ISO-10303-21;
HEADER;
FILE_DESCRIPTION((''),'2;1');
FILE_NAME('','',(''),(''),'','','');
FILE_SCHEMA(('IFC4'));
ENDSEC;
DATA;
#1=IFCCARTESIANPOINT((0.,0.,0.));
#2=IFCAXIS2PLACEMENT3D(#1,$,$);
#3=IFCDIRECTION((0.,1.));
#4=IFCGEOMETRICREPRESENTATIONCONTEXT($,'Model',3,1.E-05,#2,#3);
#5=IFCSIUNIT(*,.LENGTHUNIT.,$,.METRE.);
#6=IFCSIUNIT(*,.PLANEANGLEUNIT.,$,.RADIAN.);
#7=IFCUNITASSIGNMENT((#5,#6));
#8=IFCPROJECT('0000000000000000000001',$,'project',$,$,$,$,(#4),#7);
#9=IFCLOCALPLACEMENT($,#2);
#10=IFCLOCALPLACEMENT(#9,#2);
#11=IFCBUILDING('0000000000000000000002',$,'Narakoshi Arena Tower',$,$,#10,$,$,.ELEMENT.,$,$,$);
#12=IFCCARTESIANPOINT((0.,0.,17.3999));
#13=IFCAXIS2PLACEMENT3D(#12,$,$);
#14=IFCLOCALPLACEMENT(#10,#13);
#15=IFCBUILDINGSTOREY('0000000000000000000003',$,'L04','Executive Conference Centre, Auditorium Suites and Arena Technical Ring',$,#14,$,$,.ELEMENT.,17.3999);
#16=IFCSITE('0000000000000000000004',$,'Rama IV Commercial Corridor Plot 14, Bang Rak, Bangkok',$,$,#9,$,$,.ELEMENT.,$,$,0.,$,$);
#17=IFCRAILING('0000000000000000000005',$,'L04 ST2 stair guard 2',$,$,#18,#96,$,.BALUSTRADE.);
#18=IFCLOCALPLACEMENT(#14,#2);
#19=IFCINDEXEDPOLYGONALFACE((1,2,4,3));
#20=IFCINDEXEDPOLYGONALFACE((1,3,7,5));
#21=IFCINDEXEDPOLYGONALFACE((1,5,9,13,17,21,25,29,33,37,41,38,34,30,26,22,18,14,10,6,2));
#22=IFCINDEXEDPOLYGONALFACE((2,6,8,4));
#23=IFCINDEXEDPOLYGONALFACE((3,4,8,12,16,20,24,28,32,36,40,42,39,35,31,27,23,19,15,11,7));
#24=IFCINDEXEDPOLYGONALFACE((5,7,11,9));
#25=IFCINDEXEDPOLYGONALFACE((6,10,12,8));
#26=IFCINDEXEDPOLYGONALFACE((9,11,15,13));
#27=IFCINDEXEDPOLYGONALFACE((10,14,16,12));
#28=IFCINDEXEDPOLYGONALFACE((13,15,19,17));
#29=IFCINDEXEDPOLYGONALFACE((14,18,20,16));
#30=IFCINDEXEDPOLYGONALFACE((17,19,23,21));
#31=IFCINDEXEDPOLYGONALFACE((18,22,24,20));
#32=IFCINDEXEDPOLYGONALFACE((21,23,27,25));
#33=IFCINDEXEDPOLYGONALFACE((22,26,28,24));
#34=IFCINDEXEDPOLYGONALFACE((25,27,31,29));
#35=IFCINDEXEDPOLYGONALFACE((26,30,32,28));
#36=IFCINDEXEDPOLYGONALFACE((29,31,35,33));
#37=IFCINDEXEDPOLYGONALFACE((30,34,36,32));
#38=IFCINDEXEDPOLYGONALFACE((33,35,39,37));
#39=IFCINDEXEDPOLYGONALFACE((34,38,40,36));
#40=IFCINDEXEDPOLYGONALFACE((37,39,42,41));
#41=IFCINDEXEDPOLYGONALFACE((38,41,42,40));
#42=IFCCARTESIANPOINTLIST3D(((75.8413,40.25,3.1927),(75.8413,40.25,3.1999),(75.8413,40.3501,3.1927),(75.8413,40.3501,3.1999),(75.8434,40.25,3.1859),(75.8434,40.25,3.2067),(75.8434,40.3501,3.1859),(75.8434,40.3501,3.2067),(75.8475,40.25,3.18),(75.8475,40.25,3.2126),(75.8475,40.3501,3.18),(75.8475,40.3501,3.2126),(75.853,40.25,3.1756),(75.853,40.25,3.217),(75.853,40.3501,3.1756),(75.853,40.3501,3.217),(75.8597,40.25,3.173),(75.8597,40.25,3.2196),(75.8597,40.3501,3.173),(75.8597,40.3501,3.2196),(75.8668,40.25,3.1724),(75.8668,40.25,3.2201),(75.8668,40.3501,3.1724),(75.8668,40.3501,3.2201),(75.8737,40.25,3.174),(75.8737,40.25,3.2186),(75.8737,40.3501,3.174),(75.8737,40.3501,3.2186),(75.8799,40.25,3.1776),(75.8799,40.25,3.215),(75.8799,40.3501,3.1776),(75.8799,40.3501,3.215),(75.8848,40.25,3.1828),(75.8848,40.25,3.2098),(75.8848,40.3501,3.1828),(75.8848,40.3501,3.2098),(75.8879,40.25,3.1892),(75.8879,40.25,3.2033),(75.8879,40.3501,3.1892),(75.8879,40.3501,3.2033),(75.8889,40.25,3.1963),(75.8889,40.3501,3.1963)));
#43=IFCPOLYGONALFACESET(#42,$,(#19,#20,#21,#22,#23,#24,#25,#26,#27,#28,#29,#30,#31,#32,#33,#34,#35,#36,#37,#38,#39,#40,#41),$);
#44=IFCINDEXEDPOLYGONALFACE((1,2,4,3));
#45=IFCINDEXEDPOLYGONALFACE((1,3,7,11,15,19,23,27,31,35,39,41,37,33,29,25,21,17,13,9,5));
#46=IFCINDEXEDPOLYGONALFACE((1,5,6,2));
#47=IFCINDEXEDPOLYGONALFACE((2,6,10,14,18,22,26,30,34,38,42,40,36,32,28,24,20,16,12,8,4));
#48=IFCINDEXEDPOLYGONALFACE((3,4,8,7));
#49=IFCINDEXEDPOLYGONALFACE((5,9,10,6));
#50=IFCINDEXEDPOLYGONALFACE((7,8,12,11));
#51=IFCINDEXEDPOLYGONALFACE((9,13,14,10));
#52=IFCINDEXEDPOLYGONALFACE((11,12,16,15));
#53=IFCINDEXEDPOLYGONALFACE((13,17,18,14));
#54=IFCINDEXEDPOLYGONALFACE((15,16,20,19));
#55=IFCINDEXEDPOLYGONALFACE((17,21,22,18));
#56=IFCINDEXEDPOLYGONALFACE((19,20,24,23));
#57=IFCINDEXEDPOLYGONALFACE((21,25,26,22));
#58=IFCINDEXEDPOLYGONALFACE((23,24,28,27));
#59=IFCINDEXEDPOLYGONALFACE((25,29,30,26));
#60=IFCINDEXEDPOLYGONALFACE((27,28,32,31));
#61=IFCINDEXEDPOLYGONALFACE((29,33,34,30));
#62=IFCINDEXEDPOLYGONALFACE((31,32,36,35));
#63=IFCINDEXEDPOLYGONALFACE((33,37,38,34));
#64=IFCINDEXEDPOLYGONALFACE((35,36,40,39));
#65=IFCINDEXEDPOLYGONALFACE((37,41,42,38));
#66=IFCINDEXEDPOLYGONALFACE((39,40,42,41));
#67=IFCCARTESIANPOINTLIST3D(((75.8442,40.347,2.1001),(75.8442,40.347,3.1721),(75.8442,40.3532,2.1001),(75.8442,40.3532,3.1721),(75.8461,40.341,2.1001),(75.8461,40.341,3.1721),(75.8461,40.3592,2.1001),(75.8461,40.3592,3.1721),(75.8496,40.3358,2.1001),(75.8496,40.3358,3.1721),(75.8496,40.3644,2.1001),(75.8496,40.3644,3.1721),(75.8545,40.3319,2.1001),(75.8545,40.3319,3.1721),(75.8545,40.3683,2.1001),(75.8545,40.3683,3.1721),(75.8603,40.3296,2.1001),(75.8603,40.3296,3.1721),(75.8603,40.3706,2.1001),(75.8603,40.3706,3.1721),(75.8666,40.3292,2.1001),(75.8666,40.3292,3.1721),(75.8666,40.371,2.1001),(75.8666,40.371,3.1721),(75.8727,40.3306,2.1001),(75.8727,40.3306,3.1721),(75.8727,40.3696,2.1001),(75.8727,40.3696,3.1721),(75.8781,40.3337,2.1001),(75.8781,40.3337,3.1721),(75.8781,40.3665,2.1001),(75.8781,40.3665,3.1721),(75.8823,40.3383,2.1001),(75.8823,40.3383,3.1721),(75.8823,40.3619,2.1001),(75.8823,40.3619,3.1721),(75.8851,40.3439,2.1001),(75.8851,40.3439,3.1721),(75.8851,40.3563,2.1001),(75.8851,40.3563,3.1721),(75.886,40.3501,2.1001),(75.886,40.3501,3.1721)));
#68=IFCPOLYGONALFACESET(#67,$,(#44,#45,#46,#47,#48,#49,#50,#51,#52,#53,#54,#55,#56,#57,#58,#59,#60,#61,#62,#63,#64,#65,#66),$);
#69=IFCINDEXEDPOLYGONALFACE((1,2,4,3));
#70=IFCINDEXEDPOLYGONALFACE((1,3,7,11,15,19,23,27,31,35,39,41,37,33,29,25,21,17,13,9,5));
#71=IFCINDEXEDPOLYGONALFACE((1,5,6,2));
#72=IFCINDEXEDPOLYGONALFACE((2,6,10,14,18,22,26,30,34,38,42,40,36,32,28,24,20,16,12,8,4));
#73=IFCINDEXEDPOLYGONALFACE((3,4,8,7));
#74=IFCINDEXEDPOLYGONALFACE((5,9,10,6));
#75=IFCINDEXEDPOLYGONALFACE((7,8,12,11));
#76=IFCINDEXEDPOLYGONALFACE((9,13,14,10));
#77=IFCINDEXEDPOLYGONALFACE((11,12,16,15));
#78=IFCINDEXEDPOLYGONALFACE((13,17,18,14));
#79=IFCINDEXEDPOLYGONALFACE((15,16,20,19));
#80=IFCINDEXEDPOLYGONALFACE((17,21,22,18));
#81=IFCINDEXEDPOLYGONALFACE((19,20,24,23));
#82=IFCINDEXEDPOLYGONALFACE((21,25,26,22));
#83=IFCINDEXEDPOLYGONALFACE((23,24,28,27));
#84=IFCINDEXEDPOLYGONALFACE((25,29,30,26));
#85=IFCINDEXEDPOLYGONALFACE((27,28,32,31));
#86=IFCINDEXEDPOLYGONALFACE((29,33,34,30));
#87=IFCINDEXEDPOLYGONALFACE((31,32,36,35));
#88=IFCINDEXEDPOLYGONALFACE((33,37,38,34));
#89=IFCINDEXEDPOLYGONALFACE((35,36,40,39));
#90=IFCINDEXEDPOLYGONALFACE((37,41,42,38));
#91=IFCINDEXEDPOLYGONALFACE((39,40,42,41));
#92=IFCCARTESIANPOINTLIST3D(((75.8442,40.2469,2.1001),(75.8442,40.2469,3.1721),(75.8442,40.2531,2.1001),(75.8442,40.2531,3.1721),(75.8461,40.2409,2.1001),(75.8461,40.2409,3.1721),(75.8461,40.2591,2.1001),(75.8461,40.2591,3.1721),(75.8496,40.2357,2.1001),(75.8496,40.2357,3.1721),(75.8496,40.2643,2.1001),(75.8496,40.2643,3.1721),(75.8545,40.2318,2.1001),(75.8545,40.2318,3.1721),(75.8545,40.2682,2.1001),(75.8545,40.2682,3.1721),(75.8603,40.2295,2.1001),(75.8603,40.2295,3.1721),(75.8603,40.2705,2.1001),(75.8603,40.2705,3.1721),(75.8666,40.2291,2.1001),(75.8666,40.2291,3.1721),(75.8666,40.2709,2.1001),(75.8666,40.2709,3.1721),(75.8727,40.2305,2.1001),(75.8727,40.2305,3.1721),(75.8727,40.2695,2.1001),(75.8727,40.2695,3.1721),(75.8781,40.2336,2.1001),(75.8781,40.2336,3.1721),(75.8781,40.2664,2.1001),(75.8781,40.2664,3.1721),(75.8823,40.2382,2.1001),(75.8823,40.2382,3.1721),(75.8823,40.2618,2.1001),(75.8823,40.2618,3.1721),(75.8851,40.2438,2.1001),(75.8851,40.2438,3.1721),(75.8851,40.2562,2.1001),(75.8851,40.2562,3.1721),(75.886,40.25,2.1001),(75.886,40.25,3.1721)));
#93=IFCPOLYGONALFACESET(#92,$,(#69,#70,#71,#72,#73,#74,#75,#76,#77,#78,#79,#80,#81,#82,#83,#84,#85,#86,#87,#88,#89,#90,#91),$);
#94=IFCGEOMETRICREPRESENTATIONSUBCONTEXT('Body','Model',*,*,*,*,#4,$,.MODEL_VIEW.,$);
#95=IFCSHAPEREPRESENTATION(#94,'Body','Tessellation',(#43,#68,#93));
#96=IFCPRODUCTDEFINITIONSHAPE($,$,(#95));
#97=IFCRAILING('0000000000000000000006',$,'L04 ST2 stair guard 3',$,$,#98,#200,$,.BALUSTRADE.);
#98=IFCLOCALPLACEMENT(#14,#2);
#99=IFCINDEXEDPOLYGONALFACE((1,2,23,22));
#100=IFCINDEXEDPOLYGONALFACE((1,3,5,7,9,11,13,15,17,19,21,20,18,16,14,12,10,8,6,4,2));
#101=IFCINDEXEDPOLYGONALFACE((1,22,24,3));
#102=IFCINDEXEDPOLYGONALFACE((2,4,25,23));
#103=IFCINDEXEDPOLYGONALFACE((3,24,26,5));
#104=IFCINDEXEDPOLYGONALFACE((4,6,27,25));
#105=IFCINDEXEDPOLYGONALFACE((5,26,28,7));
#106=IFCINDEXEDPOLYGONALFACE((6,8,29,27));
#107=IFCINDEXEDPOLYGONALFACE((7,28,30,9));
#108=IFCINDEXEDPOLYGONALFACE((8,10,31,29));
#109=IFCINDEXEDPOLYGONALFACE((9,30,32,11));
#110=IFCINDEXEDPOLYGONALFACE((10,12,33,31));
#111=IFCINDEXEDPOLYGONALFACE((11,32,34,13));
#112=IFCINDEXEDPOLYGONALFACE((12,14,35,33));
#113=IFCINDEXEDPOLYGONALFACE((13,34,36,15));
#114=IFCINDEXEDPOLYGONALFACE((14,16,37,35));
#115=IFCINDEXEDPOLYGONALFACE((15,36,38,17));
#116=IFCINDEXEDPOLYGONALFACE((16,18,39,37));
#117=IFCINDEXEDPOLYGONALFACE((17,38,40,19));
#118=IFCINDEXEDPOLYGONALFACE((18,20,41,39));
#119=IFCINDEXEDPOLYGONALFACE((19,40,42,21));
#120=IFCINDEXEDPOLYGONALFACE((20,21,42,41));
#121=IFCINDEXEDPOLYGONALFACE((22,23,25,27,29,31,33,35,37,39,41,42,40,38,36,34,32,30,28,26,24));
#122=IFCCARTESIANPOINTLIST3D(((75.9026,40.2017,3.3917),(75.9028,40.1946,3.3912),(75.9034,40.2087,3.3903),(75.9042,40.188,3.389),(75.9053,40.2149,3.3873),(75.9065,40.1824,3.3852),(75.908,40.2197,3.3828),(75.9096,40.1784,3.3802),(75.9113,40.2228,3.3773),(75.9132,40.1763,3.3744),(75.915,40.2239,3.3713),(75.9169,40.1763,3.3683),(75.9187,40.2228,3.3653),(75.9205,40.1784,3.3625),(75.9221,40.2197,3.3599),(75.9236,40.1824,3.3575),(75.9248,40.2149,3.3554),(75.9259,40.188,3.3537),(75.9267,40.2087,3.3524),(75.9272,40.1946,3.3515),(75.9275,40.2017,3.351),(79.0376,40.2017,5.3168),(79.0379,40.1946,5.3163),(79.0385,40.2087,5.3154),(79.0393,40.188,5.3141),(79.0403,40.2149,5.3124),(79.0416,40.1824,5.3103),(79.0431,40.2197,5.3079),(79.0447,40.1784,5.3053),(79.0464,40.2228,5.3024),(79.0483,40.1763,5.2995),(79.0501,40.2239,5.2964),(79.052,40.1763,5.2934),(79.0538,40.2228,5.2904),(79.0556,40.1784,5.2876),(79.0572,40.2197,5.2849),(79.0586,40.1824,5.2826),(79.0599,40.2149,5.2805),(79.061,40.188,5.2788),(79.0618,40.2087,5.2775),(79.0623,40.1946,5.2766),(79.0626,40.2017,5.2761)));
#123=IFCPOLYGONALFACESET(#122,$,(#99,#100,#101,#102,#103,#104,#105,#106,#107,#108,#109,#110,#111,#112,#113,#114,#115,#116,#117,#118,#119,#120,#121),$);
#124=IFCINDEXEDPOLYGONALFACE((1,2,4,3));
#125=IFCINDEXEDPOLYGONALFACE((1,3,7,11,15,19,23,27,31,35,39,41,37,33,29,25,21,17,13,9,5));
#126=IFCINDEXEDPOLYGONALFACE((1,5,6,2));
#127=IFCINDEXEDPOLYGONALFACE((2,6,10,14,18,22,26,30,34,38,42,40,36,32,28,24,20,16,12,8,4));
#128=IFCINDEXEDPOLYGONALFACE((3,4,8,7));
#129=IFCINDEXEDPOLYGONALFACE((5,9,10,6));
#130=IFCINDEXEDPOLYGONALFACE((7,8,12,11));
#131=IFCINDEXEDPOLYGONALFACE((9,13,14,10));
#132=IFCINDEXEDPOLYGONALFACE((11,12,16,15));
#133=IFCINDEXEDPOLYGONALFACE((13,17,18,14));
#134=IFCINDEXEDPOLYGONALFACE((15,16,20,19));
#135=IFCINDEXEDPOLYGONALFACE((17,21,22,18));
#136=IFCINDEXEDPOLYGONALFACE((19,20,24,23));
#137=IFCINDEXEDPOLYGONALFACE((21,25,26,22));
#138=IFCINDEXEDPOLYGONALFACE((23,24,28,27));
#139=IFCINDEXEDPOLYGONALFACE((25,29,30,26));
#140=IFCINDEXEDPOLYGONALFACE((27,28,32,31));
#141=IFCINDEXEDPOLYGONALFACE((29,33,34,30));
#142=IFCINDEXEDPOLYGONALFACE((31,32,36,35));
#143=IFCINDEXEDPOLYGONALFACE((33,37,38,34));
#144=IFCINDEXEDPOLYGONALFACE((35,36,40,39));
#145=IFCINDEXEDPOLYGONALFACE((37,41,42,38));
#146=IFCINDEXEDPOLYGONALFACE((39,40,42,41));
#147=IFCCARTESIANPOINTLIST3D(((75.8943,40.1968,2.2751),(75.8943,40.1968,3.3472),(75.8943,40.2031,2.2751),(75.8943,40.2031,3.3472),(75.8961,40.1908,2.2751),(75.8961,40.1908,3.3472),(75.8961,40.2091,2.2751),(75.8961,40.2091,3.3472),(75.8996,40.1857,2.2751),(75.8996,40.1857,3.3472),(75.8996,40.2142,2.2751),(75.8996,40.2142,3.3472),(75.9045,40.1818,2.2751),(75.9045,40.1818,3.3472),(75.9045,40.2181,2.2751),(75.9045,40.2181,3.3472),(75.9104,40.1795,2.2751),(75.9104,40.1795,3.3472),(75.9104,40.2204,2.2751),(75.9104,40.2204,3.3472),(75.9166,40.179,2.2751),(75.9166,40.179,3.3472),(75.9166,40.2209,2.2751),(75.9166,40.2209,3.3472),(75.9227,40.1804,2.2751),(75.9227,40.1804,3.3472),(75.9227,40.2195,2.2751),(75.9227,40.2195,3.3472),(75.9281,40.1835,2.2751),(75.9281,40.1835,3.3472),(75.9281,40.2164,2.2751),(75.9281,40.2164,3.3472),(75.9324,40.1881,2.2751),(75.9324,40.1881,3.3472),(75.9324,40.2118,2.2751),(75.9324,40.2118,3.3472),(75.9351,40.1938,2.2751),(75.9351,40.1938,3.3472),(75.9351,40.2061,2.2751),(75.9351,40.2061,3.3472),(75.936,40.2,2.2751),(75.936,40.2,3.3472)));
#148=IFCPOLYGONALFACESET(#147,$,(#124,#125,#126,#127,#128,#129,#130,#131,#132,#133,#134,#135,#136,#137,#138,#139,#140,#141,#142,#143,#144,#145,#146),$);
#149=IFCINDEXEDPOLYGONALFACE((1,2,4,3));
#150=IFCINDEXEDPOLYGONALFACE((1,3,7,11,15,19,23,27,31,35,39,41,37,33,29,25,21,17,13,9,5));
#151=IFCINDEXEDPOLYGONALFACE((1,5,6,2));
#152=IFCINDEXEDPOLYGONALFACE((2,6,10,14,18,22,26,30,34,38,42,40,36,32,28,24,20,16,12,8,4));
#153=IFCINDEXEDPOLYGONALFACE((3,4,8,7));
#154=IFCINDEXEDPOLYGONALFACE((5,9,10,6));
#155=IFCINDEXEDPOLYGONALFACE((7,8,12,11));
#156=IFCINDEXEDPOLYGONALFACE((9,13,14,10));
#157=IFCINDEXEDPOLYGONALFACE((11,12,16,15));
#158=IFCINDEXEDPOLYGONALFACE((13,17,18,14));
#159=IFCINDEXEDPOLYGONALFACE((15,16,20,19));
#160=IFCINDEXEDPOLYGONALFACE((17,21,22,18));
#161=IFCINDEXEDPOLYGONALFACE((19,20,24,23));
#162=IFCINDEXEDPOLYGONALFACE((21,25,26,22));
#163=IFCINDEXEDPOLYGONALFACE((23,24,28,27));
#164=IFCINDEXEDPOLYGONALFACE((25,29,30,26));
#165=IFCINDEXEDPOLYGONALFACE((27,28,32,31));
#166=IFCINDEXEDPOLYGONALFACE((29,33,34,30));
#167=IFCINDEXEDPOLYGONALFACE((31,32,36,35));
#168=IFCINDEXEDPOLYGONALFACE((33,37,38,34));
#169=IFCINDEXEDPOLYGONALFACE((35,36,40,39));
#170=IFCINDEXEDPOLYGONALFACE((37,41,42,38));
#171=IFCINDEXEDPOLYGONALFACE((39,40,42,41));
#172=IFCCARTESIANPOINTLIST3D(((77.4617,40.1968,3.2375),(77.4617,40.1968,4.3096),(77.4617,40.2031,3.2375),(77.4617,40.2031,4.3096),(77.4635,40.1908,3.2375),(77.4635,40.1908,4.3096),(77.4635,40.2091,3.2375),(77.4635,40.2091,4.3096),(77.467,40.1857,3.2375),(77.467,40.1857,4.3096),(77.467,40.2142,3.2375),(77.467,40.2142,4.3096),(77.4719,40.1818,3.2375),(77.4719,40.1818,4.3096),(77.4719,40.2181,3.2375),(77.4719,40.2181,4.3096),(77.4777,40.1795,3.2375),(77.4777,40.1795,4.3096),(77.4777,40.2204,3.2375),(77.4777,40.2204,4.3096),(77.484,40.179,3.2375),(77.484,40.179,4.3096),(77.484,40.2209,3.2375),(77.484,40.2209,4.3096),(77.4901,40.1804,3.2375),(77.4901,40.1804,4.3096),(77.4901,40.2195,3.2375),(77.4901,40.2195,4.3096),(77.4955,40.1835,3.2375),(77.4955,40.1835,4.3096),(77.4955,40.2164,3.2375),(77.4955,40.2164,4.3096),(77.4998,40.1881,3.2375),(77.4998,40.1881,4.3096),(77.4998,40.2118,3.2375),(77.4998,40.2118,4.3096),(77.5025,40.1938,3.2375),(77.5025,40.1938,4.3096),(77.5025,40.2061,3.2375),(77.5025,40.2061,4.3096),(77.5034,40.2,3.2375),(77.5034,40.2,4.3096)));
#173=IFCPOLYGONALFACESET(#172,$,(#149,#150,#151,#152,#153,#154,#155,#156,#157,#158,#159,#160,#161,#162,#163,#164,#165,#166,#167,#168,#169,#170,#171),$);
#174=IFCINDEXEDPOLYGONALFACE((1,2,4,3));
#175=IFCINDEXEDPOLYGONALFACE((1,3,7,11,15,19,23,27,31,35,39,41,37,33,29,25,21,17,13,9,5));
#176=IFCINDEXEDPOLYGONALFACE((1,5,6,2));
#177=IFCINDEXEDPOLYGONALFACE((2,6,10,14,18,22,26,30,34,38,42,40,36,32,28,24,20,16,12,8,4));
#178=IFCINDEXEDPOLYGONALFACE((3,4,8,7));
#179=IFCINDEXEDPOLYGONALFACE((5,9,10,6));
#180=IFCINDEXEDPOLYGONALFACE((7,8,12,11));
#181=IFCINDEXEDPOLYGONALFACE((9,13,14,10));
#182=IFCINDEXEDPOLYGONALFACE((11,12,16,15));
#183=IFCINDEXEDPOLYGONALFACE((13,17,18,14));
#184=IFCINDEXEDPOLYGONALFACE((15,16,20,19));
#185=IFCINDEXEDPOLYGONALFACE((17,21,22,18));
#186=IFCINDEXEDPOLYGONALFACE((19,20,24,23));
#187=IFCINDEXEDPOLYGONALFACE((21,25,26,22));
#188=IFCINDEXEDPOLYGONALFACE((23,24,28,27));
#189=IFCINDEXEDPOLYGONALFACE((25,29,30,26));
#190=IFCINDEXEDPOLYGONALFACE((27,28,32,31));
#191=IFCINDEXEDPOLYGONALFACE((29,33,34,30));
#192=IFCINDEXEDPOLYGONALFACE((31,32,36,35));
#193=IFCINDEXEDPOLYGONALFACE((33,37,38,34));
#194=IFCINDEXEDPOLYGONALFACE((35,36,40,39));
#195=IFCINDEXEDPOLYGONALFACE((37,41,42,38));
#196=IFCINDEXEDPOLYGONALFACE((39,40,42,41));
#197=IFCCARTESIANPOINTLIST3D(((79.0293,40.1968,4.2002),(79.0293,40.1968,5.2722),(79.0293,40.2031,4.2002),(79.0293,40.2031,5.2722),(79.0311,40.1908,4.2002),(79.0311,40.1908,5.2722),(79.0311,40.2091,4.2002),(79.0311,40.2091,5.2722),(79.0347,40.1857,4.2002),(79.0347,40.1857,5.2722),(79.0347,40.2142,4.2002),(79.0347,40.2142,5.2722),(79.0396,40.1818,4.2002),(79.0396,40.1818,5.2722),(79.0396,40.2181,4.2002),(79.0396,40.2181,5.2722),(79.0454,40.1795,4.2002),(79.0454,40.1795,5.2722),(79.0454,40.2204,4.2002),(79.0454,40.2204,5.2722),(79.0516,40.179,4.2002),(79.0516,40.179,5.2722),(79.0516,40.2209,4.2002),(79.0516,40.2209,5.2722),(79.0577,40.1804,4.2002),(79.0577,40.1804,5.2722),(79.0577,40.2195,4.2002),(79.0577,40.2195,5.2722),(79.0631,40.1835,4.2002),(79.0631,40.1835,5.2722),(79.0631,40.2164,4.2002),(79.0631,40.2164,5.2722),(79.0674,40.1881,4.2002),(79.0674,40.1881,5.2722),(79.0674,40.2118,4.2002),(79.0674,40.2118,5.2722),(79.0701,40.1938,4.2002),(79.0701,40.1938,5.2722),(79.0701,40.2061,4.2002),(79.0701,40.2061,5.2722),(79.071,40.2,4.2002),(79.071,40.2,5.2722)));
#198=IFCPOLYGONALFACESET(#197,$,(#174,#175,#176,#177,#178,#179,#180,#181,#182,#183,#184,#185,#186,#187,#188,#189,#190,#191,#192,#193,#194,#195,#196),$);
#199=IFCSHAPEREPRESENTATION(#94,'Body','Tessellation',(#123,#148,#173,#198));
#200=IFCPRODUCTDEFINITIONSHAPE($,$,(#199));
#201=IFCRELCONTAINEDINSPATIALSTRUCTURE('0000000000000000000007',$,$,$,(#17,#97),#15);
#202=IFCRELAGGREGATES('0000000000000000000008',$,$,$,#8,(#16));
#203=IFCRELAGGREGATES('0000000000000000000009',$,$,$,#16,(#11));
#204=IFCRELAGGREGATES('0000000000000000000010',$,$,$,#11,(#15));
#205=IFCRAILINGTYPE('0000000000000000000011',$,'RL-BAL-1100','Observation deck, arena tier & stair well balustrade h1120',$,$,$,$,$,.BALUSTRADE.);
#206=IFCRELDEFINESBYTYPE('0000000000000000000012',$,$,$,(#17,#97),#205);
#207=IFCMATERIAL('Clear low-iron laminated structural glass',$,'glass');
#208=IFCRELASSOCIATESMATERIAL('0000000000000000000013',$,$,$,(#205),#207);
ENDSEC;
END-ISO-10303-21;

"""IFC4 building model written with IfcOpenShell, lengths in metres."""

from ifc_helpers import new_model, si_unit, direction, frame, origin, origin_2d, place, context, subcontext, project, spatial, circle, extrude, material, type_object, element, save


model = new_model("IFC4")

# Units and contexts
model_context = context("Model", 3, precision=1e-05, world=origin(), true_north=direction((0.0, 1.0)))
body_context = subcontext(model_context, "Body", "Model", "MODEL_VIEW")
ifc_project = project(units=[si_unit("LENGTHUNIT", "METRE"), si_unit("PLANEANGLEUNIT", "RADIAN")], contexts=[model_context])

# Site, building, storey
site_placement = place(None, origin())
site = spatial("IfcSite", under=ifc_project, at=site_placement, Name="Rama IV Commercial Corridor Plot 14, Bang Rak, Bangkok", CompositionType="ELEMENT", RefElevation=0.0)
building_placement = place(site_placement, origin())
building = spatial("IfcBuilding", under=site, at=building_placement, Name="Narakoshi Arena Tower", CompositionType="ELEMENT")
storey_placement = place(building_placement, frame((0.0, 0.0, 17.3999)))
storey = spatial("IfcBuildingStorey", under=building, at=storey_placement, Name="L04", Description="Executive Conference Centre, Auditorium Suites and Arena Technical Ring", CompositionType="ELEMENT", Elevation=17.3999)

# Railings
ifc_material_1 = material(Name="Clear low-iron laminated structural glass", Category="glass")
railing_type_1 = type_object("IfcRailingType", Name="RL-BAL-1100", Description="Observation deck, arena tier & stair well balustrade h1120", PredefinedType="BALUSTRADE", material=ifc_material_1)
railing_1_placement = place(storey_placement, frame((75.865, 40.3501, 2.1001)))
element("IfcRailing", 1, at=railing_1_placement, inside=storey, type_object=railing_type_1, Name="L04 ST2 stair guard 2", PredefinedType="BALUSTRADE", context=body_context, shape_type="SweptSolid", body=[
    extrude(circle(Radius=0.0239, at=origin_2d()), frame((0.0, 0.0, 1.0962), z_axis=(0.0, -1.0, 0.0), x_axis=(1.0, 0.0, 0.0)), (0.0, 0.0, 1.0), 0.1001),
    extrude(circle(Radius=0.021, at=origin_2d()), origin(), (0.0, 0.0, 1.0), 1.072),
    extrude(circle(Radius=0.021, at=origin_2d()), frame((0.0, -0.1001, 0.0)), (0.0, 0.0, 1.0), 1.072),
])
railing_2_placement = place(storey_placement, frame((75.915, 40.2, 2.2751)))
element("IfcRailing", 2, at=railing_2_placement, inside=storey, type_object=railing_type_1, Name="L04 ST2 stair guard 3", PredefinedType="BALUSTRADE", context=body_context, shape_type="SweptSolid", body=[
    extrude(circle(Radius=0.0239, at=origin_2d()), frame((0.0, 0.0, 1.0962), z_axis=(0.852166, 0.0, 0.523271), x_axis=(0.0, 1.0, 0.0)), (0.0, 0.0, 1.0), 3.679),
    extrude(circle(Radius=0.021, at=origin_2d()), origin(), (0.0, 0.0, 1.0), 1.072),
    extrude(circle(Radius=0.021, at=origin_2d()), frame((1.5674, 0.0, 0.9624)), (0.0, 0.0, 1.0), 1.072),
    extrude(circle(Radius=0.021, at=origin_2d()), frame((3.135, 0.0, 1.925)), (0.0, 0.0, 1.0), 1.072),
])

save(model, "model.ifc")
